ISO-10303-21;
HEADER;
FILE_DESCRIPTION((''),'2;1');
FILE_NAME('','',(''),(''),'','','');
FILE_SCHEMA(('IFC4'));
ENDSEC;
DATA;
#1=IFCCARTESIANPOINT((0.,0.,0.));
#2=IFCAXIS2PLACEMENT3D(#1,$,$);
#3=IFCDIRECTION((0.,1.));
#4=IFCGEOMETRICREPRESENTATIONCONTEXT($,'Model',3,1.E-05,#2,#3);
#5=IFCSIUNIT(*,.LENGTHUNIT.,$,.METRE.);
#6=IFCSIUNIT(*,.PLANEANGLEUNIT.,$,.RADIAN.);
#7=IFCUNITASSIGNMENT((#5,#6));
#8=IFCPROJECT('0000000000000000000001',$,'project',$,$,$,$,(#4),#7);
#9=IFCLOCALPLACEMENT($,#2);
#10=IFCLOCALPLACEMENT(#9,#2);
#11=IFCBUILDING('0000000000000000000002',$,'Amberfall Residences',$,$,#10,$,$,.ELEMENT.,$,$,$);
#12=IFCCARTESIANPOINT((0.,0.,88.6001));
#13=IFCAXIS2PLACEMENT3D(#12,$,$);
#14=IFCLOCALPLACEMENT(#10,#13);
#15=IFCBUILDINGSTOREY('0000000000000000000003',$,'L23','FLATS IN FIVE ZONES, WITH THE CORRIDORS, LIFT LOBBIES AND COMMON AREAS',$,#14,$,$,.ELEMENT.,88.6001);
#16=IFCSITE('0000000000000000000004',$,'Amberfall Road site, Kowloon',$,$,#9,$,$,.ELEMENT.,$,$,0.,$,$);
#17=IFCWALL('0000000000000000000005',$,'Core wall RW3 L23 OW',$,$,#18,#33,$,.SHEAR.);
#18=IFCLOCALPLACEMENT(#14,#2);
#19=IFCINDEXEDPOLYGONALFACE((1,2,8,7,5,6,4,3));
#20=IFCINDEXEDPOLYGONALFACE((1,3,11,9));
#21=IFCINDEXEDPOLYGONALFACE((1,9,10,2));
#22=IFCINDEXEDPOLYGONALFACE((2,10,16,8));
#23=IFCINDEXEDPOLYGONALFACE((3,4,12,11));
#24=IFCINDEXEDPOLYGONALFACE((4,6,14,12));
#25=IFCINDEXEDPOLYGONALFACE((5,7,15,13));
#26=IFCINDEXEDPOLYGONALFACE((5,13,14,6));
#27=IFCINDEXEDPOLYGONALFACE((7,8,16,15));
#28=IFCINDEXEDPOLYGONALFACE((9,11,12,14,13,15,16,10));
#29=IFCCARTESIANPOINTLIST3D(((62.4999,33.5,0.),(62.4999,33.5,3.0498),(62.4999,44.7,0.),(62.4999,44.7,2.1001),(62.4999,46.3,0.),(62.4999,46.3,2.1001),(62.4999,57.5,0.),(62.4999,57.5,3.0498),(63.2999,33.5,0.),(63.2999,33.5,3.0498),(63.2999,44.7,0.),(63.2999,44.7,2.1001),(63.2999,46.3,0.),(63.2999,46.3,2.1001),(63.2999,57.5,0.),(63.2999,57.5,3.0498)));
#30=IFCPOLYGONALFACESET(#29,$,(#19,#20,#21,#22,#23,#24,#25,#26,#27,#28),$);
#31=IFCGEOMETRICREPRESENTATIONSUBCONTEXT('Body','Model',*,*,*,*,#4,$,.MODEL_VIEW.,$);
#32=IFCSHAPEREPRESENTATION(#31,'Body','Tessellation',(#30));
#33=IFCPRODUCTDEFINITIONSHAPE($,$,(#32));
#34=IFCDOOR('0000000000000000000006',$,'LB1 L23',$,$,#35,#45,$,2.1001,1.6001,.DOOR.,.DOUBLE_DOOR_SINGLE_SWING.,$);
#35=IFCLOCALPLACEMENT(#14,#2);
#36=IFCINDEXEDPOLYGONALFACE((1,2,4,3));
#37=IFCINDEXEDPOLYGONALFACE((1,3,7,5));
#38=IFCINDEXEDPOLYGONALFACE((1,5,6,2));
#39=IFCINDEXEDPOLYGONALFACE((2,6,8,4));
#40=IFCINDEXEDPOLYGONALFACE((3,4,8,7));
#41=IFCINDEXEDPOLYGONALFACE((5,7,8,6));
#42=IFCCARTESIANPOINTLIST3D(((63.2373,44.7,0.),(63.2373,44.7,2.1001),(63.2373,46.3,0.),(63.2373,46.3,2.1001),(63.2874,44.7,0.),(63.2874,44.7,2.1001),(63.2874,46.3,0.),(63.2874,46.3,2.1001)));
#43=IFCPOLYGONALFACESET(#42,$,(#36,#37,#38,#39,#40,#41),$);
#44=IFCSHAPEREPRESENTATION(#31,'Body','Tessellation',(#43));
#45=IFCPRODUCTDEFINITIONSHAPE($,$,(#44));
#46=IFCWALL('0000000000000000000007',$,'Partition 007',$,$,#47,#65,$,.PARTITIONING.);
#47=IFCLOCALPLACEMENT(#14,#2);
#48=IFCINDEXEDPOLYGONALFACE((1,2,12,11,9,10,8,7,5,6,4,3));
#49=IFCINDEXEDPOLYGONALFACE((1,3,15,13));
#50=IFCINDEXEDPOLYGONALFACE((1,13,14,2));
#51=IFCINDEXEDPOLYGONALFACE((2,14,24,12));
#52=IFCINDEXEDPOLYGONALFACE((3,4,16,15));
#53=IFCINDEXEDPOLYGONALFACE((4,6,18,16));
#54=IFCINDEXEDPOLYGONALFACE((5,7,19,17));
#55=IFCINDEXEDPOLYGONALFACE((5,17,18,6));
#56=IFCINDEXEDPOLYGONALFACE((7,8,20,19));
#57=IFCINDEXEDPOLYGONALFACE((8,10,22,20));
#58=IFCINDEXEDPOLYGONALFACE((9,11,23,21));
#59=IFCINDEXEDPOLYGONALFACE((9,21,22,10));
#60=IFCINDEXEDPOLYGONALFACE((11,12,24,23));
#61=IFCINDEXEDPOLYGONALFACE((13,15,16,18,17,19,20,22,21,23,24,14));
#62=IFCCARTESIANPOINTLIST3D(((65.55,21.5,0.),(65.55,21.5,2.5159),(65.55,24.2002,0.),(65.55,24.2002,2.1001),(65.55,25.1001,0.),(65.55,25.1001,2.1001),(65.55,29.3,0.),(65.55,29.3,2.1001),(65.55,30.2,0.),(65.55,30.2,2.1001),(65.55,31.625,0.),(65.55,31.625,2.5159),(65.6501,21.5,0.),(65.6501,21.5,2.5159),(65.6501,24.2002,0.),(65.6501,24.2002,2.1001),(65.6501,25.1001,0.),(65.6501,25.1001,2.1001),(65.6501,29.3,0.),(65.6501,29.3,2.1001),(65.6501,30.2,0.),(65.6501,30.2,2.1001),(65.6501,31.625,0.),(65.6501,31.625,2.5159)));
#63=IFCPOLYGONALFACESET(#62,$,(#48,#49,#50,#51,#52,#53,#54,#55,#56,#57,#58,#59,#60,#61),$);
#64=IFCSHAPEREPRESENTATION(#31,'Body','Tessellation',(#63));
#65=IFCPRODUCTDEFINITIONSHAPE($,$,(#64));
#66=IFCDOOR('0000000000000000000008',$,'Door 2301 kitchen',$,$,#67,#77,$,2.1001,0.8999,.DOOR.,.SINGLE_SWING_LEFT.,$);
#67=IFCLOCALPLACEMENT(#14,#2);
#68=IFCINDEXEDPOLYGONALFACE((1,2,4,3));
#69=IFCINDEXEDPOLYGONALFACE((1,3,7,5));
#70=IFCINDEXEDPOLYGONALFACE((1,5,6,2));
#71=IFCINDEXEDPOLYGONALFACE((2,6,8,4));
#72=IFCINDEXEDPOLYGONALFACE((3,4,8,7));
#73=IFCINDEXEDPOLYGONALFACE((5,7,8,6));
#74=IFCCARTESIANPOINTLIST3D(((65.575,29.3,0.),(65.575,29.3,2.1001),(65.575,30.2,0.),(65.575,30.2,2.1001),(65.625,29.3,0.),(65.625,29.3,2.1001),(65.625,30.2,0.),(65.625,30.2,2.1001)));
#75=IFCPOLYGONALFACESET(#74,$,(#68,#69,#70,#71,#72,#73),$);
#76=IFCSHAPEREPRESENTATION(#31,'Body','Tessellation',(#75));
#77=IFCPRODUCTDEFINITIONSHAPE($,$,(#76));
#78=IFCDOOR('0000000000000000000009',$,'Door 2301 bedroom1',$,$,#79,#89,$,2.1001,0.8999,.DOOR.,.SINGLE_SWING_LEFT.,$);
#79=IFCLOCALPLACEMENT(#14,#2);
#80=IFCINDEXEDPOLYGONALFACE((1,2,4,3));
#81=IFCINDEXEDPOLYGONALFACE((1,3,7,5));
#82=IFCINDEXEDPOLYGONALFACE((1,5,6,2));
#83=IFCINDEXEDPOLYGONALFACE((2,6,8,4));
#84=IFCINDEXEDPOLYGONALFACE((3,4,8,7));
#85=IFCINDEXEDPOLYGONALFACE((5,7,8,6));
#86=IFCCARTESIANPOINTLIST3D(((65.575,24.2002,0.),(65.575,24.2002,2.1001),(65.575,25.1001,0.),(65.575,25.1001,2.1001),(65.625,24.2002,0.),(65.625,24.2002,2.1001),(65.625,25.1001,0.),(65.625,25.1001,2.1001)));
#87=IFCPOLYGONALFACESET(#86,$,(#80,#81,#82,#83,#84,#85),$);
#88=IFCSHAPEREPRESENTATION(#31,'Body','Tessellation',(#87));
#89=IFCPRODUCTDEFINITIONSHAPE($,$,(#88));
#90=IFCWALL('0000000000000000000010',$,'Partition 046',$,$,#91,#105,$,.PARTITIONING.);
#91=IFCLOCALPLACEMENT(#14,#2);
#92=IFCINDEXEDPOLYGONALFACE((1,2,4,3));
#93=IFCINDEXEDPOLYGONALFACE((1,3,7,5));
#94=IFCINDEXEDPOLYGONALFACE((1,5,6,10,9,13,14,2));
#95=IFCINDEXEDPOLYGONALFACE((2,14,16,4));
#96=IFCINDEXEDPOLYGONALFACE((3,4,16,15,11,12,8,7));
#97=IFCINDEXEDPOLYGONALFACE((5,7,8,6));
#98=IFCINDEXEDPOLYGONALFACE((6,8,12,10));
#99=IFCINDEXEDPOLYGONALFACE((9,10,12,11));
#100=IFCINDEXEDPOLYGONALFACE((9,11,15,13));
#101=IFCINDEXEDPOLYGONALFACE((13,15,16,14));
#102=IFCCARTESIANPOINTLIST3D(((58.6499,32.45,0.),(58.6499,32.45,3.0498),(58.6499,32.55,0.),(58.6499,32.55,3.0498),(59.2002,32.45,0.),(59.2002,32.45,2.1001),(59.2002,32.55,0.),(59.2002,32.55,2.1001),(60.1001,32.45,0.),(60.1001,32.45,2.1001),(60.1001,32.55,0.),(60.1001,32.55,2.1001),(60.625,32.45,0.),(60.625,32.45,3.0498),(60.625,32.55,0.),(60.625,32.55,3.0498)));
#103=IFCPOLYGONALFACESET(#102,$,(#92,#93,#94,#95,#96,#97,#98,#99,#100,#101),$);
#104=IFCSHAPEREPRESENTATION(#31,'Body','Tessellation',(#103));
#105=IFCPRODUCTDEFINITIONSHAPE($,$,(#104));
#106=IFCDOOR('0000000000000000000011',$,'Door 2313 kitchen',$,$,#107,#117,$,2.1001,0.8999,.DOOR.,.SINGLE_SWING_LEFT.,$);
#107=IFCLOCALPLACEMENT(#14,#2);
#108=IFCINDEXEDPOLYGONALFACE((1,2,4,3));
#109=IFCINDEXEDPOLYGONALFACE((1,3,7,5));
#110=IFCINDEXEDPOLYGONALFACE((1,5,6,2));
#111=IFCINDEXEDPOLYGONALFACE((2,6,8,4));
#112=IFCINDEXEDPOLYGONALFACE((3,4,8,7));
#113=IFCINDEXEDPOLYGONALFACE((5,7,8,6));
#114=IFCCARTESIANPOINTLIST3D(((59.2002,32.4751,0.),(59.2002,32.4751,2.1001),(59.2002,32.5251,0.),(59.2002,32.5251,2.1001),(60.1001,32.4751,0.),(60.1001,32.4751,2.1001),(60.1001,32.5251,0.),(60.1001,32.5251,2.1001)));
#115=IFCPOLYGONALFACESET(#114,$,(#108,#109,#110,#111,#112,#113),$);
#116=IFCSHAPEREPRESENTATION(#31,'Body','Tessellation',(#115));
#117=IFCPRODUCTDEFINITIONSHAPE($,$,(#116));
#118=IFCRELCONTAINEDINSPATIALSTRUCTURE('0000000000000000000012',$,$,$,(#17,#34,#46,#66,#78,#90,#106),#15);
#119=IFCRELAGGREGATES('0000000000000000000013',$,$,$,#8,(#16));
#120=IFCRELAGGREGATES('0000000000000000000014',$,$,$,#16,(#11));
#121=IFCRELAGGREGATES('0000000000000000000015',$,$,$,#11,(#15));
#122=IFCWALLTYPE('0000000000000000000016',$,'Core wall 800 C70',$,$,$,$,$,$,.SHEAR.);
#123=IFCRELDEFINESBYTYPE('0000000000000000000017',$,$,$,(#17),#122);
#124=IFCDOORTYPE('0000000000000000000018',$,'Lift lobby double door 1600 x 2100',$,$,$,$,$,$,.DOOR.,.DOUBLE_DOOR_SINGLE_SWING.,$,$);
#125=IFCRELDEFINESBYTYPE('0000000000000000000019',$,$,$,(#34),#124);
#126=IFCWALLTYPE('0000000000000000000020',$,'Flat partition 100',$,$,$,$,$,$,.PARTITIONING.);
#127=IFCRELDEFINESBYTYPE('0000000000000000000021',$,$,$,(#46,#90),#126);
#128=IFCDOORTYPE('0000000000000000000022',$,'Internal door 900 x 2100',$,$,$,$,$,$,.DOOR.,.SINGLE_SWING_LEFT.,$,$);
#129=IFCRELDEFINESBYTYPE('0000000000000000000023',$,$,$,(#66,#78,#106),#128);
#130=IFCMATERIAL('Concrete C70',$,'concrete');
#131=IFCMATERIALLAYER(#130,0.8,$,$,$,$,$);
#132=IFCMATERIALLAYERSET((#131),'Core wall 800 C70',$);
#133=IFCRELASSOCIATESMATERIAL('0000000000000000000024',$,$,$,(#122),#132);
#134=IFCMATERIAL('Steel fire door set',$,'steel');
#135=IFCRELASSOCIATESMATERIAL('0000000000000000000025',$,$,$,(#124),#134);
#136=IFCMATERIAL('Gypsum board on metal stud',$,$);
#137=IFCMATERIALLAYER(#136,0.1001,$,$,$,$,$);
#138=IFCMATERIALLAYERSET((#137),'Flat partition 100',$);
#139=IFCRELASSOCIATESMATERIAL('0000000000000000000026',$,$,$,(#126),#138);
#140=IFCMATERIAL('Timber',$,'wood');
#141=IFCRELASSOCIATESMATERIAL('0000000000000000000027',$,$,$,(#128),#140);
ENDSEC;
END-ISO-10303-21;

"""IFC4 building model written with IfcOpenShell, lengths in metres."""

from ifc_helpers import new_model, si_unit, direction, frame, frame_2d, origin, place, context, subcontext, project, spatial, rectangle, extrude, material, layer, layer_set, type_object, element, fill, save


model = new_model("IFC4")

# Units and contexts
model_context = context("Model", 3, precision=1e-05, world=origin(), true_north=direction((0.0, 1.0)))
body_context = subcontext(model_context, "Body", "Model", "MODEL_VIEW")
ifc_project = project(units=[si_unit("LENGTHUNIT", "METRE"), si_unit("PLANEANGLEUNIT", "RADIAN")], contexts=[model_context])

# Site, building, storey
site_placement = place(None, origin())
site = spatial("IfcSite", under=ifc_project, at=site_placement, Name="Amberfall Road site, Kowloon", CompositionType="ELEMENT", RefElevation=0.0)
building_placement = place(site_placement, origin())
building = spatial("IfcBuilding", under=site, at=building_placement, Name="Amberfall Residences", CompositionType="ELEMENT")
storey_placement = place(building_placement, frame((0.0, 0.0, 88.6001)))
storey = spatial("IfcBuildingStorey", under=building, at=storey_placement, Name="L23", Description="FLATS IN FIVE ZONES, WITH THE CORRIDORS, LIFT LOBBIES AND COMMON AREAS", CompositionType="ELEMENT", Elevation=88.6001)

# Shared definitions
ifc_material_1 = material(Name="Concrete C70", Category="concrete")
ifc_material_2 = material(Name="Steel fire door set", Category="steel")

# Shared definitions
ifc_layer_1 = layer(ifc_material_1, 0.8)
ifc_layer_set_1 = layer_set([ifc_layer_1], Name="Core wall 800 C70")
wall_type_1 = type_object("IfcWallType", Name="Core wall 800 C70", PredefinedType="SHEAR", material=ifc_layer_set_1)

# Wall, opening, door
wall_1_placement = place(storey_placement, frame((62.8999, 33.5, 0.0), z_axis=(0.0, 0.0, 1.0), x_axis=(0.0, 1.0, 0.0)))
wall_1 = element("IfcWall", 1, at=wall_1_placement, inside=storey, type_object=wall_type_1, Name="Core wall RW3 L23 OW", PredefinedType="SHEAR", context=body_context, shape_type="SweptSolid", body=[
    extrude(rectangle(XDim=24.0, YDim=0.8, at=frame_2d((12.0, 0.0))), origin(), (0.0, 0.0, 1.0), 3.0498),
])
opening_1_placement = place(wall_1_placement, frame((11.2, 0.0, 0.0)))
opening_1 = element("IfcOpeningElement", 2, at=opening_1_placement, cuts=wall_1, PredefinedType="OPENING", context=body_context, shape_type="SweptSolid", body=[
    extrude(rectangle(XDim=1.6001, YDim=2.1001, at=frame_2d((0.8, 1.05))), frame((0.0, 0.4099, 0.0), z_axis=(0.0, -1.0, 0.0), x_axis=(1.0, 0.0, 0.0)), (0.0, 0.0, 1.0), 0.8201),
])
door_type_1 = type_object("IfcDoorType", Name="Lift lobby double door 1600 x 2100", OperationType="DOUBLE_DOOR_SINGLE_SWING", PredefinedType="DOOR", material=ifc_material_2)
door_1_placement = place(opening_1_placement, origin())
door_1 = element("IfcDoor", 3, at=door_1_placement, inside=storey, type_object=door_type_1, Name="LB1 L23", OperationType="DOUBLE_DOOR_SINGLE_SWING", OverallHeight=2.1001, OverallWidth=1.6001, PredefinedType="DOOR", context=body_context, shape_type="SweptSolid", body=[
    extrude(rectangle(XDim=1.6001, YDim=2.1001, at=frame_2d((0.8, 1.05))), frame((0.0, -0.3374, 0.0), z_axis=(0.0, -1.0, 0.0), x_axis=(1.0, 0.0, 0.0)), (0.0, 0.0, 1.0), 0.05),
])
fill(opening_1, door_1)

# Wall, openings, doors
ifc_material_3 = material(Name="Gypsum board on metal stud")
ifc_layer_2 = layer(ifc_material_3, 0.1001)
ifc_layer_set_2 = layer_set([ifc_layer_2], Name="Flat partition 100")
wall_type_2 = type_object("IfcWallType", Name="Flat partition 100", PredefinedType="PARTITIONING", material=ifc_layer_set_2)
wall_2_placement = place(storey_placement, frame((65.6001, 31.625, 0.0), z_axis=(0.0, 0.0, 1.0), x_axis=(0.0, -1.0, 0.0)))
wall_2 = element("IfcWall", 4, at=wall_2_placement, inside=storey, type_object=wall_type_2, Name="Partition 007", PredefinedType="PARTITIONING", context=body_context, shape_type="SweptSolid", body=[
    extrude(rectangle(XDim=10.125, YDim=0.1001, at=frame_2d((5.0625, 0.0))), origin(), (0.0, 0.0, 1.0), 2.5159),
])
opening_2_placement = place(wall_2_placement, frame((1.425, 0.0, 0.0)))
opening_2 = element("IfcOpeningElement", 5, at=opening_2_placement, cuts=wall_2, PredefinedType="OPENING", context=body_context, shape_type="SweptSolid", body=[
    extrude(rectangle(XDim=0.8999, YDim=2.1001, at=frame_2d((0.45, 1.05))), frame((0.0, 0.0601, 0.0), z_axis=(0.0, -1.0, 0.0), x_axis=(1.0, 0.0, 0.0)), (0.0, 0.0, 1.0), 0.1201),
])
opening_3_placement = place(wall_2_placement, frame((6.5249, 0.0, 0.0)))
opening_3 = element("IfcOpeningElement", 6, at=opening_3_placement, cuts=wall_2, PredefinedType="OPENING", context=body_context, shape_type="SweptSolid", body=[
    extrude(rectangle(XDim=0.8999, YDim=2.1001, at=frame_2d((0.45, 1.05))), frame((0.0, 0.0601, 0.0), z_axis=(0.0, -1.0, 0.0), x_axis=(1.0, 0.0, 0.0)), (0.0, 0.0, 1.0), 0.1201),
])
ifc_material_4 = material(Name="Timber", Category="wood")
door_type_2 = type_object("IfcDoorType", Name="Internal door 900 x 2100", OperationType="SINGLE_SWING_LEFT", PredefinedType="DOOR", material=ifc_material_4)
door_2_placement = place(opening_2_placement, origin())
door_2 = element("IfcDoor", 7, at=door_2_placement, inside=storey, type_object=door_type_2, Name="Door 2301 kitchen", OperationType="SINGLE_SWING_LEFT", OverallHeight=2.1001, OverallWidth=0.8999, PredefinedType="DOOR", context=body_context, shape_type="SweptSolid", body=[
    extrude(rectangle(XDim=0.8999, YDim=2.1001, at=frame_2d((0.45, 1.05))), frame((0.0, 0.0249, 0.0), z_axis=(0.0, -1.0, 0.0), x_axis=(1.0, 0.0, 0.0)), (0.0, 0.0, 1.0), 0.05),
])
fill(opening_2, door_2)
door_3_placement = place(opening_3_placement, origin())
door_3 = element("IfcDoor", 8, at=door_3_placement, inside=storey, type_object=door_type_2, Name="Door 2301 bedroom1", OperationType="SINGLE_SWING_LEFT", OverallHeight=2.1001, OverallWidth=0.8999, PredefinedType="DOOR", context=body_context, shape_type="SweptSolid", body=[
    extrude(rectangle(XDim=0.8999, YDim=2.1001, at=frame_2d((0.45, 1.05))), frame((0.0, 0.0249, 0.0), z_axis=(0.0, -1.0, 0.0), x_axis=(1.0, 0.0, 0.0)), (0.0, 0.0, 1.0), 0.05),
])
fill(opening_3, door_3)

# Wall, opening, door
wall_3_placement = place(storey_placement, frame((60.625, 32.5, 0.0), z_axis=(0.0, 0.0, 1.0), x_axis=(-1.0, 0.0, 0.0)))
wall_3 = element("IfcWall", 9, at=wall_3_placement, inside=storey, type_object=wall_type_2, Name="Partition 046", PredefinedType="PARTITIONING", context=body_context, shape_type="SweptSolid", body=[
    extrude(rectangle(XDim=1.9751, YDim=0.1001, at=frame_2d((0.9875, 0.0))), origin(), (0.0, 0.0, 1.0), 3.0498),
])
opening_4_placement = place(wall_3_placement, frame((0.5249, 0.0, 0.0)))
opening_4 = element("IfcOpeningElement", 10, at=opening_4_placement, cuts=wall_3, PredefinedType="OPENING", context=body_context, shape_type="SweptSolid", body=[
    extrude(rectangle(XDim=0.8999, YDim=2.1001, at=frame_2d((0.45, 1.05))), frame((0.0, 0.0601, 0.0), z_axis=(0.0, -1.0, 0.0), x_axis=(1.0, 0.0, 0.0)), (0.0, 0.0, 1.0), 0.1201),
])
door_4_placement = place(opening_4_placement, origin())
door_4 = element("IfcDoor", 11, at=door_4_placement, inside=storey, type_object=door_type_2, Name="Door 2313 kitchen", OperationType="SINGLE_SWING_LEFT", OverallHeight=2.1001, OverallWidth=0.8999, PredefinedType="DOOR", context=body_context, shape_type="SweptSolid", body=[
    extrude(rectangle(XDim=0.8999, YDim=2.1001, at=frame_2d((0.45, 1.05))), frame((0.0, 0.0249, 0.0), z_axis=(0.0, -1.0, 0.0), x_axis=(1.0, 0.0, 0.0)), (0.0, 0.0, 1.0), 0.05),
])
fill(opening_4, door_4)

save(model, "model.ifc")
